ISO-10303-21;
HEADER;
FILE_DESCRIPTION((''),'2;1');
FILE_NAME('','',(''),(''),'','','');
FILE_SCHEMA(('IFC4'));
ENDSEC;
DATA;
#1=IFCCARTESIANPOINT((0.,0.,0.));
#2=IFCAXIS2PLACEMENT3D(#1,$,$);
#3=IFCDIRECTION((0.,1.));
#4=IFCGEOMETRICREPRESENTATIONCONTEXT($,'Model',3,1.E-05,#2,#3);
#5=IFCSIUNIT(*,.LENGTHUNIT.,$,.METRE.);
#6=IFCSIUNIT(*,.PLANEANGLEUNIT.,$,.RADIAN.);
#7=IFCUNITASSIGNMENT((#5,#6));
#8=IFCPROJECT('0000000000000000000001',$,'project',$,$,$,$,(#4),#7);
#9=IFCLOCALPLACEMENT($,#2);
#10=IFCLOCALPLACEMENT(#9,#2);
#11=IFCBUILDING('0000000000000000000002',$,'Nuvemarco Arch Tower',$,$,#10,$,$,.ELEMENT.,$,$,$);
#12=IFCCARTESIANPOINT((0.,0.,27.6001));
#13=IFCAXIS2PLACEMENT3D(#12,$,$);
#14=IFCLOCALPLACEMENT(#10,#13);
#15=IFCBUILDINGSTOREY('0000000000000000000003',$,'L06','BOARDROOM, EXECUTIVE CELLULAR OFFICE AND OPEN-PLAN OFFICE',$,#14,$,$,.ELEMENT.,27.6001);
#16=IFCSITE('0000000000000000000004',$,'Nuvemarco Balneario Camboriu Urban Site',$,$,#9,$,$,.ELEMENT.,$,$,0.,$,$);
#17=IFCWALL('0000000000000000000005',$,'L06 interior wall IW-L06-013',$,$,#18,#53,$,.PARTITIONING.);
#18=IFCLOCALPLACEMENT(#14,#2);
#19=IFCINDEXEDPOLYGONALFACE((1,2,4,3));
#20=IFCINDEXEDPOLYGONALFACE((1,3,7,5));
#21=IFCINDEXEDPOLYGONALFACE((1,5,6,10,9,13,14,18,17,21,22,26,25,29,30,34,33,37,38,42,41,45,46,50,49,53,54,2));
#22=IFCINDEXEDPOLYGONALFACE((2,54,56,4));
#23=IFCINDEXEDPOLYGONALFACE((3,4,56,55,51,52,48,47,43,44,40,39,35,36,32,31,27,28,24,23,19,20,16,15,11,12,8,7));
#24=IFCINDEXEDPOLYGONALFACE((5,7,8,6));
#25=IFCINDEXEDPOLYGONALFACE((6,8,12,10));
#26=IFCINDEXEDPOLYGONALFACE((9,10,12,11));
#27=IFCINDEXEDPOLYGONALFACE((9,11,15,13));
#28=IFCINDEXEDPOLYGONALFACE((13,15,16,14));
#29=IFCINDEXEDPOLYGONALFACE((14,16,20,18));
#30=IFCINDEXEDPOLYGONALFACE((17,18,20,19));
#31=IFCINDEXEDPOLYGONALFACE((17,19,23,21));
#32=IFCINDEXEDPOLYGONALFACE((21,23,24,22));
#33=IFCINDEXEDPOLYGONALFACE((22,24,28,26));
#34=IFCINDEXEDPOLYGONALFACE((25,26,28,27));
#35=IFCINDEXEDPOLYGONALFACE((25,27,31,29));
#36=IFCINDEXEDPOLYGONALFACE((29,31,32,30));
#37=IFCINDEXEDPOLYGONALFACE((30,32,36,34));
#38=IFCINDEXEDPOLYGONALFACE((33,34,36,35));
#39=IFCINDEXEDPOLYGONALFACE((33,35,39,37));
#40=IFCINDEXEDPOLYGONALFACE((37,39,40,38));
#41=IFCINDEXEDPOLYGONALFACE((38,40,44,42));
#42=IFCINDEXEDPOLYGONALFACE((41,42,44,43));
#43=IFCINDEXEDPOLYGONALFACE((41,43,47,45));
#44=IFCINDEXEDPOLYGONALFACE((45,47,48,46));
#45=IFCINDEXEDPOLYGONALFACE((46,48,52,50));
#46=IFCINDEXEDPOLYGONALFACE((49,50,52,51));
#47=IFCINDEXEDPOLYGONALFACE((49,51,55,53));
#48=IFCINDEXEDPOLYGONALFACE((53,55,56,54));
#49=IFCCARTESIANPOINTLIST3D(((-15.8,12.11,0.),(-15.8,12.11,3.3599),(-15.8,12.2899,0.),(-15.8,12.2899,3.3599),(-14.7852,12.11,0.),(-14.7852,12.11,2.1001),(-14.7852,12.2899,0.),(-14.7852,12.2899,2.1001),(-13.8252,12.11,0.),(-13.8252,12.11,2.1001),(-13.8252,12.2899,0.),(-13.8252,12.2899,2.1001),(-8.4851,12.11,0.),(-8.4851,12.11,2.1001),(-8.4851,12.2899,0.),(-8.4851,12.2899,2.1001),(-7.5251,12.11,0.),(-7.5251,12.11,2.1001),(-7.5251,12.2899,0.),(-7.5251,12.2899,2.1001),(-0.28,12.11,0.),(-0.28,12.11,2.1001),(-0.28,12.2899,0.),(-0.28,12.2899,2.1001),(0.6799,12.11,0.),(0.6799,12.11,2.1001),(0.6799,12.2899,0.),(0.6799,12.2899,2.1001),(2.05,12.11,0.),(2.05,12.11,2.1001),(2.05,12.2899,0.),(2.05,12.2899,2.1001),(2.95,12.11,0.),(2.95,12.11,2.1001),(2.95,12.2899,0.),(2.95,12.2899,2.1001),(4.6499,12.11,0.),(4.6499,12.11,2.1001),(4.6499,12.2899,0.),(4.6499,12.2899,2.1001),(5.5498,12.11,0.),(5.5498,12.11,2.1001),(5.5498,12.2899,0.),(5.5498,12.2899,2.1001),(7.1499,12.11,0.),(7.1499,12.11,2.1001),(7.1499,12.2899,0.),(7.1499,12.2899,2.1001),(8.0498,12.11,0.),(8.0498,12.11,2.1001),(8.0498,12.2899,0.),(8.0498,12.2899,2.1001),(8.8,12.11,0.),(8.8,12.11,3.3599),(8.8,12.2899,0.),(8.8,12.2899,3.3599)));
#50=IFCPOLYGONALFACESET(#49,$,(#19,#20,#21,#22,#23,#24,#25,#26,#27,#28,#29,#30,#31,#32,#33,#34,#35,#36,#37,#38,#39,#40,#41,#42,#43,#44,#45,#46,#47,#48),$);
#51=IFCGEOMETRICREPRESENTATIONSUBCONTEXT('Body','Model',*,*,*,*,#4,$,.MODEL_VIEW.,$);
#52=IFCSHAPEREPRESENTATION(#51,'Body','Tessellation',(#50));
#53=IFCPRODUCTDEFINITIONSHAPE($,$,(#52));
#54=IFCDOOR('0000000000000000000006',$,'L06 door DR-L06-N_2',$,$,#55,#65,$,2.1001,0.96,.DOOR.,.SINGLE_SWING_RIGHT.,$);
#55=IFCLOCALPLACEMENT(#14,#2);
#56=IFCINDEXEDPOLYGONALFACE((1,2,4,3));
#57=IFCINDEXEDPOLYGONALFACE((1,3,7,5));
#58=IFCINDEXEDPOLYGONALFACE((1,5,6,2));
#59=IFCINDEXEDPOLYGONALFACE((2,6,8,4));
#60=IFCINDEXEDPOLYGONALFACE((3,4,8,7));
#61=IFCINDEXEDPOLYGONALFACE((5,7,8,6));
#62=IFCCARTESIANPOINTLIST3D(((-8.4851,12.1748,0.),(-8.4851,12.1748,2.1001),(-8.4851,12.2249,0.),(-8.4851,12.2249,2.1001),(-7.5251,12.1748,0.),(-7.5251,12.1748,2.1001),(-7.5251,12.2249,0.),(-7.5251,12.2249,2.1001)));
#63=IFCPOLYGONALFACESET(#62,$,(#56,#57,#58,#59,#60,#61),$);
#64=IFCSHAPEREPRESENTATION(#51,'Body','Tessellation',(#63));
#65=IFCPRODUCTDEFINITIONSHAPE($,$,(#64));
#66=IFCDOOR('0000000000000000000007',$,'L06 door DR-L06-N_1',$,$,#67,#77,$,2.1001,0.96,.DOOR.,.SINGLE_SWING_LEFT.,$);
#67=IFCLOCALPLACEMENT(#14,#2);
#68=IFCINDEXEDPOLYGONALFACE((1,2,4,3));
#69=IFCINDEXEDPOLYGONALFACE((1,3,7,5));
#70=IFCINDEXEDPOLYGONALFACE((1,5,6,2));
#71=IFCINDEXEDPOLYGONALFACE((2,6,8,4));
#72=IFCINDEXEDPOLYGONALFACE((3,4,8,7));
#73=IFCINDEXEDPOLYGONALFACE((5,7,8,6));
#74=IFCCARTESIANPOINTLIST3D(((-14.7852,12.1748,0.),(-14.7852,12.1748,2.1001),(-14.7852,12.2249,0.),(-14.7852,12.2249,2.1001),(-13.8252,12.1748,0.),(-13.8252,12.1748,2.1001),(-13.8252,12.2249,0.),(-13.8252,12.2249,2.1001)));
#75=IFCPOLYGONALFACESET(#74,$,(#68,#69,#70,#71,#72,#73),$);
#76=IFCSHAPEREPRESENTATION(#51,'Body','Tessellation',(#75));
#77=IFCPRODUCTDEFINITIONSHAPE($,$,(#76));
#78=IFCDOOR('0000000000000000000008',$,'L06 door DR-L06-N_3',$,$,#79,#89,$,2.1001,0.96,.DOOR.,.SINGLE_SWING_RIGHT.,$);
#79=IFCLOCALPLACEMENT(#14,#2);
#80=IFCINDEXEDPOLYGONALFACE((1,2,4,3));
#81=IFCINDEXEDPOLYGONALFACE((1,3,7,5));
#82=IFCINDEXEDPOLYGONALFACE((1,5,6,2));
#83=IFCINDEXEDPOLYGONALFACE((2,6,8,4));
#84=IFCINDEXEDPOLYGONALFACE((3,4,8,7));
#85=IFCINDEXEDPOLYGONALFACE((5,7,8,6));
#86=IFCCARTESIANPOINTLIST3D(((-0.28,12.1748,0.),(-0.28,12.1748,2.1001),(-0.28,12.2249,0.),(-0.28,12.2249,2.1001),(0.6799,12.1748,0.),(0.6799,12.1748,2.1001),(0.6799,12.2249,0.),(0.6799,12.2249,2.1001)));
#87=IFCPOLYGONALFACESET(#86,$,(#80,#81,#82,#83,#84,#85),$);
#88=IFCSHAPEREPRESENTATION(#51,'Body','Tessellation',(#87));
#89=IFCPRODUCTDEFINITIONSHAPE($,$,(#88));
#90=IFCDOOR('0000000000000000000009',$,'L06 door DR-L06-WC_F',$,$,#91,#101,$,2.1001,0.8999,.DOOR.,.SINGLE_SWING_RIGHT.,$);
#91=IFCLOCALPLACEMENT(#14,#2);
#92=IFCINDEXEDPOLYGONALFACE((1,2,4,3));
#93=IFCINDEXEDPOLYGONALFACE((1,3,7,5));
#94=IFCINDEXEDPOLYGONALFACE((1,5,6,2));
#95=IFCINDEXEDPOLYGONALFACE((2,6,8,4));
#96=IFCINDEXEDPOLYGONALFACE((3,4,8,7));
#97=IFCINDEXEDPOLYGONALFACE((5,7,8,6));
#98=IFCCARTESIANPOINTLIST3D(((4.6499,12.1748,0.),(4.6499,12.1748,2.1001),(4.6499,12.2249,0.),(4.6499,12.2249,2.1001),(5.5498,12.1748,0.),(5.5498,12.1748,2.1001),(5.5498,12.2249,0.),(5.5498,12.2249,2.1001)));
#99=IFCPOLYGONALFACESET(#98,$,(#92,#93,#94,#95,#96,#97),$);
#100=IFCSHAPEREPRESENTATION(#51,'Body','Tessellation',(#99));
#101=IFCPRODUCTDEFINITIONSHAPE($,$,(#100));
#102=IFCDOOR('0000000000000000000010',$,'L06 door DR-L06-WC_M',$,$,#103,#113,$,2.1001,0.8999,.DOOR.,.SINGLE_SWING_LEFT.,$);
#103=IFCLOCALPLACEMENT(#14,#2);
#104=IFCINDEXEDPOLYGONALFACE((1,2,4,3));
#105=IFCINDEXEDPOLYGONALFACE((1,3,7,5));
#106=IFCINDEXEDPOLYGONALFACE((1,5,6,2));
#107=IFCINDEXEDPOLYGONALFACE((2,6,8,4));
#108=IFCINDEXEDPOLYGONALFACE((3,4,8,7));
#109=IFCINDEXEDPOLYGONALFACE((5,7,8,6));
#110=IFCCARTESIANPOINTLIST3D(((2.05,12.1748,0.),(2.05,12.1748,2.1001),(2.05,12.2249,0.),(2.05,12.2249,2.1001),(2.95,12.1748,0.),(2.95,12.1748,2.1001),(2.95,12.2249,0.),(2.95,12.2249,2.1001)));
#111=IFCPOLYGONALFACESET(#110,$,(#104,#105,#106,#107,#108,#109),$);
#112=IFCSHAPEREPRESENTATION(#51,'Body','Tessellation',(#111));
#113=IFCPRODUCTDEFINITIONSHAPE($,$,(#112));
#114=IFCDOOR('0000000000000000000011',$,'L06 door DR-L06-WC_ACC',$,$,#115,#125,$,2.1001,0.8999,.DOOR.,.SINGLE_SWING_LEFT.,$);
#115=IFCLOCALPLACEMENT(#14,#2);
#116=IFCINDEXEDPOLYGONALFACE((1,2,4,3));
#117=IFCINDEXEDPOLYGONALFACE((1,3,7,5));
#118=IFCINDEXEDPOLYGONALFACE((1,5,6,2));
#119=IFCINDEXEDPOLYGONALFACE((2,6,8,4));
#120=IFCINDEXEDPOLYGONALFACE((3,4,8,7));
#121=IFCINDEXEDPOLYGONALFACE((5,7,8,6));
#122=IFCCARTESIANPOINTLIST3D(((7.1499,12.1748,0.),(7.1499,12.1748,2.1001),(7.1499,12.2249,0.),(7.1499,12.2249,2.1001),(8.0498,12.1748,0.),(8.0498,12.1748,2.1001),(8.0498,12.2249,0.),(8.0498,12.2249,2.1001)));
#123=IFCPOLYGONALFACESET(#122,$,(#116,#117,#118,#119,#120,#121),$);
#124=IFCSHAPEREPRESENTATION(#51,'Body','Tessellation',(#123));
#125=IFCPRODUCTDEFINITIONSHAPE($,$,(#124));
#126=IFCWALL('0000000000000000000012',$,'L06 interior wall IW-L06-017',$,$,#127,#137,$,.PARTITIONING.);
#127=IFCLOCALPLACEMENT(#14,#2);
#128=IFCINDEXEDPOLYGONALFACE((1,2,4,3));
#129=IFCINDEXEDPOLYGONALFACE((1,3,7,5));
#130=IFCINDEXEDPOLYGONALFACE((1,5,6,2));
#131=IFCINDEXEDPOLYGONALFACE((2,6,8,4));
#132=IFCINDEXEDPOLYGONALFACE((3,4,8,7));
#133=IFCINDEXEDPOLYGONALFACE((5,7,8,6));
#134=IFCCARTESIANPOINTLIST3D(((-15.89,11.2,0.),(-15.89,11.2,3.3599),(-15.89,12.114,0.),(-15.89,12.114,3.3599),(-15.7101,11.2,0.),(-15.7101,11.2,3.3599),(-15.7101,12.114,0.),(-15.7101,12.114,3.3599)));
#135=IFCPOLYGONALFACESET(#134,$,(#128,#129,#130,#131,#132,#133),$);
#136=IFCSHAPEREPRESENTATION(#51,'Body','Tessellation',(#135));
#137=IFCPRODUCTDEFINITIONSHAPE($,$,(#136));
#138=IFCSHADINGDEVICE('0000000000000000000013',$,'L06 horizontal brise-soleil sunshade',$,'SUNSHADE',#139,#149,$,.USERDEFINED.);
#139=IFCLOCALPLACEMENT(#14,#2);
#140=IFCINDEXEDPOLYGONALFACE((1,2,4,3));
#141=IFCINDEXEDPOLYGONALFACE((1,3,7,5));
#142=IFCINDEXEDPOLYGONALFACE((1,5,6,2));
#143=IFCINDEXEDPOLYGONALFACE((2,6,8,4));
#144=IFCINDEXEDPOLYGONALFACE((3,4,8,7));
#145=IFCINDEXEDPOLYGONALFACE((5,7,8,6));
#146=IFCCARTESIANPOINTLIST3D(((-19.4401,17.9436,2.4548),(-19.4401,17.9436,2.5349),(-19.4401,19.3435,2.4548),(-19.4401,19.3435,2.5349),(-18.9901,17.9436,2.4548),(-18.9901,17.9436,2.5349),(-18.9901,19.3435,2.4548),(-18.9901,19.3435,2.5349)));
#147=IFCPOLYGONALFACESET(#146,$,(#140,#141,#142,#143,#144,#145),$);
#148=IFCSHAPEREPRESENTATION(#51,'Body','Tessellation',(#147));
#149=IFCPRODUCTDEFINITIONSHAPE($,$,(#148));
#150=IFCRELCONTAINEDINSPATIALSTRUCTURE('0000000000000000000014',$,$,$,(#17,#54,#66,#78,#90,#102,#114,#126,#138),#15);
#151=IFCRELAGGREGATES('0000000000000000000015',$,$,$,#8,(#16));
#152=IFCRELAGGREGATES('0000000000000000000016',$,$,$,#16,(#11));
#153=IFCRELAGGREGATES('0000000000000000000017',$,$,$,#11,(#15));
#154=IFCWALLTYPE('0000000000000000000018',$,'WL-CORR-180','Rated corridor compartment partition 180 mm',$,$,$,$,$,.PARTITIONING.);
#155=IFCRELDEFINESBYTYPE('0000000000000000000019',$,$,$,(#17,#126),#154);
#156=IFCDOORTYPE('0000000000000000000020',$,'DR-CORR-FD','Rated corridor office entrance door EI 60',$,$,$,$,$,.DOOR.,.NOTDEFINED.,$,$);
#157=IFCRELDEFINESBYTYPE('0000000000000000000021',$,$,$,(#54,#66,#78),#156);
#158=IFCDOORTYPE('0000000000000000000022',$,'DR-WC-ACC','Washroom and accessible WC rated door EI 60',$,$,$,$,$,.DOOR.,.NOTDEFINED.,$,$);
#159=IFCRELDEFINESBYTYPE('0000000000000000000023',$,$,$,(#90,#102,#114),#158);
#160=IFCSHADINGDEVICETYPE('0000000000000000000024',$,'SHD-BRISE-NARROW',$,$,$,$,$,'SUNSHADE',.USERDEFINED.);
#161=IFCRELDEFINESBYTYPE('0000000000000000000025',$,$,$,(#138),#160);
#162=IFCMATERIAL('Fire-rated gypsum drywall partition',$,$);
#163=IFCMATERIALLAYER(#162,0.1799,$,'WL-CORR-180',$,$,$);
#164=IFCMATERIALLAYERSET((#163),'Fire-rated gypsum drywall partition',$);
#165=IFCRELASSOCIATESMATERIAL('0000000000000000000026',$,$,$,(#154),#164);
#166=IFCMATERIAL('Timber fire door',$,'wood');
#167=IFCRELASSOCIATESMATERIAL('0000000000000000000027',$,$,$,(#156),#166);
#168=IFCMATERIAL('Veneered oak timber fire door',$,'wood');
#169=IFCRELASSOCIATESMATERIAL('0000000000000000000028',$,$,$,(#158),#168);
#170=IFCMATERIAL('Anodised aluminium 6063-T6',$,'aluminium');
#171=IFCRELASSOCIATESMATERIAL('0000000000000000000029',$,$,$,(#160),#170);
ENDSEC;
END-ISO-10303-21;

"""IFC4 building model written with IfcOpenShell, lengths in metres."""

from ifc_helpers import new_model, si_unit, direction, frame, frame_2d, origin, origin_2d, place, context, subcontext, project, spatial, rectangle, extrude, source, transform, mapped, material, layer, layer_set, type_object, type_shapes, element, fill, save


model = new_model("IFC4")

# Units and contexts
model_context = context("Model", 3, precision=1e-05, world=origin(), true_north=direction((0.0, 1.0)))
body_context = subcontext(model_context, "Body", "Model", "MODEL_VIEW")
ifc_project = project(units=[si_unit("LENGTHUNIT", "METRE"), si_unit("PLANEANGLEUNIT", "RADIAN")], contexts=[model_context])

# Site, building, storey
site_placement = place(None, origin())
site = spatial("IfcSite", under=ifc_project, at=site_placement, Name="Nuvemarco Balneario Camboriu Urban Site", CompositionType="ELEMENT", RefElevation=0.0)
building_placement = place(site_placement, origin())
building = spatial("IfcBuilding", under=site, at=building_placement, Name="Nuvemarco Arch Tower", CompositionType="ELEMENT")
storey_placement = place(building_placement, frame((0.0, 0.0, 27.6001)))
storey = spatial("IfcBuildingStorey", under=building, at=storey_placement, Name="L06", Description="BOARDROOM, EXECUTIVE CELLULAR OFFICE AND OPEN-PLAN OFFICE", CompositionType="ELEMENT", Elevation=27.6001)

# Wall, openings, doors
ifc_material_1 = material(Name="Fire-rated gypsum drywall partition")
ifc_layer_1 = layer(ifc_material_1, 0.1799, Name="WL-CORR-180")
ifc_layer_set_1 = layer_set([ifc_layer_1], Name="Fire-rated gypsum drywall partition")
wall_type_1 = type_object("IfcWallType", Name="WL-CORR-180", Description="Rated corridor compartment partition 180 mm", PredefinedType="PARTITIONING", material=ifc_layer_set_1)
wall_1_placement = place(storey_placement, frame((-15.8, 12.2, 0.0), z_axis=(0.0, 0.0, 1.0), x_axis=(1.0, 0.0, 0.0)))
wall_1 = element("IfcWall", 1, at=wall_1_placement, inside=storey, type_object=wall_type_1, Name="L06 interior wall IW-L06-013", PredefinedType="PARTITIONING", context=body_context, shape_type="SweptSolid", body=[
    extrude(rectangle(XDim=24.6001, YDim=0.1799, at=frame_2d((12.3, 0.0))), origin(), (0.0, 0.0, 1.0), 3.3599),
])
opening_1_placement = place(wall_1_placement, frame((7.3149, 0.0, 0.0)))
opening_1 = element("IfcOpeningElement", 2, at=opening_1_placement, cuts=wall_1, PredefinedType="OPENING", context=body_context, shape_type="SweptSolid", body=[
    extrude(rectangle(XDim=0.96, YDim=2.1001, at=frame_2d((0.48, 1.05))), frame((0.0, 0.0999, 0.0), z_axis=(0.0, -1.0, 0.0), x_axis=(1.0, 0.0, 0.0)), (0.0, 0.0, 1.0), 0.2),
])
opening_2_placement = place(wall_1_placement, frame((1.0149, 0.0, 0.0)))
opening_2 = element("IfcOpeningElement", 3, at=opening_2_placement, cuts=wall_1, PredefinedType="OPENING", context=body_context, shape_type="SweptSolid", body=[
    extrude(rectangle(XDim=0.96, YDim=2.1001, at=frame_2d((0.48, 1.05))), frame((0.0, 0.0999, 0.0), z_axis=(0.0, -1.0, 0.0), x_axis=(1.0, 0.0, 0.0)), (0.0, 0.0, 1.0), 0.2),
])
opening_3_placement = place(wall_1_placement, frame((20.45, 0.0, 0.0)))
opening_3 = element("IfcOpeningElement", 4, at=opening_3_placement, cuts=wall_1, PredefinedType="OPENING", context=body_context, shape_type="SweptSolid", body=[
    extrude(rectangle(XDim=0.8999, YDim=2.1001, at=frame_2d((0.45, 1.05))), frame((0.0, 0.0999, 0.0), z_axis=(0.0, -1.0, 0.0), x_axis=(1.0, 0.0, 0.0)), (0.0, 0.0, 1.0), 0.2),
])
opening_4_placement = place(wall_1_placement, frame((17.8501, 0.0, 0.0)))
opening_4 = element("IfcOpeningElement", 5, at=opening_4_placement, cuts=wall_1, PredefinedType="OPENING", context=body_context, shape_type="SweptSolid", body=[
    extrude(rectangle(XDim=0.8999, YDim=2.1001, at=frame_2d((0.45, 1.05))), frame((0.0, 0.0999, 0.0), z_axis=(0.0, -1.0, 0.0), x_axis=(1.0, 0.0, 0.0)), (0.0, 0.0, 1.0), 0.2),
])
opening_5_placement = place(wall_1_placement, frame((22.95, 0.0, 0.0)))
opening_5 = element("IfcOpeningElement", 6, at=opening_5_placement, cuts=wall_1, PredefinedType="OPENING", context=body_context, shape_type="SweptSolid", body=[
    extrude(rectangle(XDim=0.8999, YDim=2.1001, at=frame_2d((0.45, 1.05))), frame((0.0, 0.0999, 0.0), z_axis=(0.0, -1.0, 0.0), x_axis=(1.0, 0.0, 0.0)), (0.0, 0.0, 1.0), 0.2),
])
opening_6_placement = place(wall_1_placement, frame((15.52, 0.0, 0.0)))
opening_6 = element("IfcOpeningElement", 7, at=opening_6_placement, cuts=wall_1, PredefinedType="OPENING", context=body_context, shape_type="SweptSolid", body=[
    extrude(rectangle(XDim=0.96, YDim=2.1001, at=frame_2d((0.48, 1.05))), frame((0.0, 0.0999, 0.0), z_axis=(0.0, -1.0, 0.0), x_axis=(1.0, 0.0, 0.0)), (0.0, 0.0, 1.0), 0.2),
])
ifc_material_2 = material(Name="Timber fire door", Category="wood")
door_type_1 = type_object("IfcDoorType", Name="DR-CORR-FD", Description="Rated corridor office entrance door EI 60", OperationType="NOTDEFINED", PredefinedType="DOOR", material=ifc_material_2)
shared_shape_1 = source(origin(), body_context, "Body", "SweptSolid", [
    extrude(rectangle(XDim=0.96, YDim=2.1001, at=frame_2d((0.48, 1.05))), frame((0.0, 0.0249, 0.0), z_axis=(0.0, -1.0, 0.0), x_axis=(1.0, 0.0, 0.0)), (0.0, 0.0, 1.0), 0.05),
])
type_shapes(door_type_1, [shared_shape_1])
door_1_placement = place(opening_1_placement, origin())
door_1 = element("IfcDoor", 8, at=door_1_placement, inside=storey, type_object=door_type_1, Name="L06 door DR-L06-N_2", OperationType="SINGLE_SWING_RIGHT", OverallHeight=2.1001, OverallWidth=0.96, PredefinedType="DOOR", context=body_context, shape_type="MappedRepresentation", body=[
    mapped(shared_shape_1, transform((0.0, 0.0, 0.0), scale=1.0)),
])
fill(opening_1, door_1)
door_2_placement = place(opening_2_placement, origin())
door_2 = element("IfcDoor", 9, at=door_2_placement, inside=storey, type_object=door_type_1, Name="L06 door DR-L06-N_1", OperationType="SINGLE_SWING_LEFT", OverallHeight=2.1001, OverallWidth=0.96, PredefinedType="DOOR", context=body_context, shape_type="MappedRepresentation", body=[
    mapped(shared_shape_1, transform((0.0, 0.0, 0.0), scale=1.0)),
])
fill(opening_2, door_2)
door_3_placement = place(opening_6_placement, origin())
door_3 = element("IfcDoor", 10, at=door_3_placement, inside=storey, type_object=door_type_1, Name="L06 door DR-L06-N_3", OperationType="SINGLE_SWING_RIGHT", OverallHeight=2.1001, OverallWidth=0.96, PredefinedType="DOOR", context=body_context, shape_type="MappedRepresentation", body=[
    mapped(shared_shape_1, transform((0.0, 0.0, 0.0), scale=1.0)),
])
fill(opening_6, door_3)
ifc_material_3 = material(Name="Veneered oak timber fire door", Category="wood")
door_type_2 = type_object("IfcDoorType", Name="DR-WC-ACC", Description="Washroom and accessible WC rated door EI 60", OperationType="NOTDEFINED", PredefinedType="DOOR", material=ifc_material_3)
shared_shape_2 = source(origin(), body_context, "Body", "SweptSolid", [
    extrude(rectangle(XDim=0.8999, YDim=2.1001, at=frame_2d((0.45, 1.05))), frame((0.0, 0.0249, 0.0), z_axis=(0.0, -1.0, 0.0), x_axis=(1.0, 0.0, 0.0)), (0.0, 0.0, 1.0), 0.05),
])
type_shapes(door_type_2, [shared_shape_2])
door_4_placement = place(opening_3_placement, origin())
door_4 = element("IfcDoor", 11, at=door_4_placement, inside=storey, type_object=door_type_2, Name="L06 door DR-L06-WC_F", OperationType="SINGLE_SWING_RIGHT", OverallHeight=2.1001, OverallWidth=0.8999, PredefinedType="DOOR", context=body_context, shape_type="MappedRepresentation", body=[
    mapped(shared_shape_2, transform((0.0, 0.0, 0.0), scale=1.0)),
])
fill(opening_3, door_4)
door_5_placement = place(opening_4_placement, origin())
door_5 = element("IfcDoor", 12, at=door_5_placement, inside=storey, type_object=door_type_2, Name="L06 door DR-L06-WC_M", OperationType="SINGLE_SWING_LEFT", OverallHeight=2.1001, OverallWidth=0.8999, PredefinedType="DOOR", context=body_context, shape_type="MappedRepresentation", body=[
    mapped(shared_shape_2, transform((0.0, 0.0, 0.0), scale=1.0)),
])
fill(opening_4, door_5)
door_6_placement = place(opening_5_placement, origin())
door_6 = element("IfcDoor", 13, at=door_6_placement, inside=storey, type_object=door_type_2, Name="L06 door DR-L06-WC_ACC", OperationType="SINGLE_SWING_LEFT", OverallHeight=2.1001, OverallWidth=0.8999, PredefinedType="DOOR", context=body_context, shape_type="MappedRepresentation", body=[
    mapped(shared_shape_2, transform((0.0, 0.0, 0.0), scale=1.0)),
])
fill(opening_5, door_6)

# Wall
wall_2_placement = place(storey_placement, frame((-15.8, 11.2, 0.0), z_axis=(0.0, 0.0, 1.0), x_axis=(0.0, 1.0, 0.0)))
element("IfcWall", 14, at=wall_2_placement, inside=storey, type_object=wall_type_1, Name="L06 interior wall IW-L06-017", PredefinedType="PARTITIONING", context=body_context, shape_type="SweptSolid", body=[
    extrude(rectangle(XDim=0.9141, YDim=0.1799, at=frame_2d((0.457, 0.0))), origin(), (0.0, 0.0, 1.0), 3.3599),
])

# Shading device
ifc_material_4 = material(Name="Anodised aluminium 6063-T6", Category="aluminium")
shading_device_type = type_object("IfcShadingDeviceType", Name="SHD-BRISE-NARROW", ElementType="SUNSHADE", PredefinedType="USERDEFINED", material=ifc_material_4)
shared_shape_3 = source(origin(), body_context, "Body", "SweptSolid", [
    extrude(rectangle(XDim=1.3999, YDim=0.45, at=origin_2d()), origin(), (0.0, 0.0, 1.0), 0.0801),
])
type_shapes(shading_device_type, [shared_shape_3])
shading_device_placement = place(storey_placement, frame((-19.2151, 18.6436, 2.4548), z_axis=(0.0, 0.0, 1.0), x_axis=(0.0, 1.0, 0.0)))
element("IfcShadingDevice", 15, at=shading_device_placement, inside=storey, type_object=shading_device_type, Name="L06 horizontal brise-soleil sunshade", ObjectType="SUNSHADE", PredefinedType="USERDEFINED", context=body_context, shape_type="MappedRepresentation", body=[
    mapped(shared_shape_3, transform((0.0, 0.0, 0.0), scale=1.0)),
])

save(model, "model.ifc")
